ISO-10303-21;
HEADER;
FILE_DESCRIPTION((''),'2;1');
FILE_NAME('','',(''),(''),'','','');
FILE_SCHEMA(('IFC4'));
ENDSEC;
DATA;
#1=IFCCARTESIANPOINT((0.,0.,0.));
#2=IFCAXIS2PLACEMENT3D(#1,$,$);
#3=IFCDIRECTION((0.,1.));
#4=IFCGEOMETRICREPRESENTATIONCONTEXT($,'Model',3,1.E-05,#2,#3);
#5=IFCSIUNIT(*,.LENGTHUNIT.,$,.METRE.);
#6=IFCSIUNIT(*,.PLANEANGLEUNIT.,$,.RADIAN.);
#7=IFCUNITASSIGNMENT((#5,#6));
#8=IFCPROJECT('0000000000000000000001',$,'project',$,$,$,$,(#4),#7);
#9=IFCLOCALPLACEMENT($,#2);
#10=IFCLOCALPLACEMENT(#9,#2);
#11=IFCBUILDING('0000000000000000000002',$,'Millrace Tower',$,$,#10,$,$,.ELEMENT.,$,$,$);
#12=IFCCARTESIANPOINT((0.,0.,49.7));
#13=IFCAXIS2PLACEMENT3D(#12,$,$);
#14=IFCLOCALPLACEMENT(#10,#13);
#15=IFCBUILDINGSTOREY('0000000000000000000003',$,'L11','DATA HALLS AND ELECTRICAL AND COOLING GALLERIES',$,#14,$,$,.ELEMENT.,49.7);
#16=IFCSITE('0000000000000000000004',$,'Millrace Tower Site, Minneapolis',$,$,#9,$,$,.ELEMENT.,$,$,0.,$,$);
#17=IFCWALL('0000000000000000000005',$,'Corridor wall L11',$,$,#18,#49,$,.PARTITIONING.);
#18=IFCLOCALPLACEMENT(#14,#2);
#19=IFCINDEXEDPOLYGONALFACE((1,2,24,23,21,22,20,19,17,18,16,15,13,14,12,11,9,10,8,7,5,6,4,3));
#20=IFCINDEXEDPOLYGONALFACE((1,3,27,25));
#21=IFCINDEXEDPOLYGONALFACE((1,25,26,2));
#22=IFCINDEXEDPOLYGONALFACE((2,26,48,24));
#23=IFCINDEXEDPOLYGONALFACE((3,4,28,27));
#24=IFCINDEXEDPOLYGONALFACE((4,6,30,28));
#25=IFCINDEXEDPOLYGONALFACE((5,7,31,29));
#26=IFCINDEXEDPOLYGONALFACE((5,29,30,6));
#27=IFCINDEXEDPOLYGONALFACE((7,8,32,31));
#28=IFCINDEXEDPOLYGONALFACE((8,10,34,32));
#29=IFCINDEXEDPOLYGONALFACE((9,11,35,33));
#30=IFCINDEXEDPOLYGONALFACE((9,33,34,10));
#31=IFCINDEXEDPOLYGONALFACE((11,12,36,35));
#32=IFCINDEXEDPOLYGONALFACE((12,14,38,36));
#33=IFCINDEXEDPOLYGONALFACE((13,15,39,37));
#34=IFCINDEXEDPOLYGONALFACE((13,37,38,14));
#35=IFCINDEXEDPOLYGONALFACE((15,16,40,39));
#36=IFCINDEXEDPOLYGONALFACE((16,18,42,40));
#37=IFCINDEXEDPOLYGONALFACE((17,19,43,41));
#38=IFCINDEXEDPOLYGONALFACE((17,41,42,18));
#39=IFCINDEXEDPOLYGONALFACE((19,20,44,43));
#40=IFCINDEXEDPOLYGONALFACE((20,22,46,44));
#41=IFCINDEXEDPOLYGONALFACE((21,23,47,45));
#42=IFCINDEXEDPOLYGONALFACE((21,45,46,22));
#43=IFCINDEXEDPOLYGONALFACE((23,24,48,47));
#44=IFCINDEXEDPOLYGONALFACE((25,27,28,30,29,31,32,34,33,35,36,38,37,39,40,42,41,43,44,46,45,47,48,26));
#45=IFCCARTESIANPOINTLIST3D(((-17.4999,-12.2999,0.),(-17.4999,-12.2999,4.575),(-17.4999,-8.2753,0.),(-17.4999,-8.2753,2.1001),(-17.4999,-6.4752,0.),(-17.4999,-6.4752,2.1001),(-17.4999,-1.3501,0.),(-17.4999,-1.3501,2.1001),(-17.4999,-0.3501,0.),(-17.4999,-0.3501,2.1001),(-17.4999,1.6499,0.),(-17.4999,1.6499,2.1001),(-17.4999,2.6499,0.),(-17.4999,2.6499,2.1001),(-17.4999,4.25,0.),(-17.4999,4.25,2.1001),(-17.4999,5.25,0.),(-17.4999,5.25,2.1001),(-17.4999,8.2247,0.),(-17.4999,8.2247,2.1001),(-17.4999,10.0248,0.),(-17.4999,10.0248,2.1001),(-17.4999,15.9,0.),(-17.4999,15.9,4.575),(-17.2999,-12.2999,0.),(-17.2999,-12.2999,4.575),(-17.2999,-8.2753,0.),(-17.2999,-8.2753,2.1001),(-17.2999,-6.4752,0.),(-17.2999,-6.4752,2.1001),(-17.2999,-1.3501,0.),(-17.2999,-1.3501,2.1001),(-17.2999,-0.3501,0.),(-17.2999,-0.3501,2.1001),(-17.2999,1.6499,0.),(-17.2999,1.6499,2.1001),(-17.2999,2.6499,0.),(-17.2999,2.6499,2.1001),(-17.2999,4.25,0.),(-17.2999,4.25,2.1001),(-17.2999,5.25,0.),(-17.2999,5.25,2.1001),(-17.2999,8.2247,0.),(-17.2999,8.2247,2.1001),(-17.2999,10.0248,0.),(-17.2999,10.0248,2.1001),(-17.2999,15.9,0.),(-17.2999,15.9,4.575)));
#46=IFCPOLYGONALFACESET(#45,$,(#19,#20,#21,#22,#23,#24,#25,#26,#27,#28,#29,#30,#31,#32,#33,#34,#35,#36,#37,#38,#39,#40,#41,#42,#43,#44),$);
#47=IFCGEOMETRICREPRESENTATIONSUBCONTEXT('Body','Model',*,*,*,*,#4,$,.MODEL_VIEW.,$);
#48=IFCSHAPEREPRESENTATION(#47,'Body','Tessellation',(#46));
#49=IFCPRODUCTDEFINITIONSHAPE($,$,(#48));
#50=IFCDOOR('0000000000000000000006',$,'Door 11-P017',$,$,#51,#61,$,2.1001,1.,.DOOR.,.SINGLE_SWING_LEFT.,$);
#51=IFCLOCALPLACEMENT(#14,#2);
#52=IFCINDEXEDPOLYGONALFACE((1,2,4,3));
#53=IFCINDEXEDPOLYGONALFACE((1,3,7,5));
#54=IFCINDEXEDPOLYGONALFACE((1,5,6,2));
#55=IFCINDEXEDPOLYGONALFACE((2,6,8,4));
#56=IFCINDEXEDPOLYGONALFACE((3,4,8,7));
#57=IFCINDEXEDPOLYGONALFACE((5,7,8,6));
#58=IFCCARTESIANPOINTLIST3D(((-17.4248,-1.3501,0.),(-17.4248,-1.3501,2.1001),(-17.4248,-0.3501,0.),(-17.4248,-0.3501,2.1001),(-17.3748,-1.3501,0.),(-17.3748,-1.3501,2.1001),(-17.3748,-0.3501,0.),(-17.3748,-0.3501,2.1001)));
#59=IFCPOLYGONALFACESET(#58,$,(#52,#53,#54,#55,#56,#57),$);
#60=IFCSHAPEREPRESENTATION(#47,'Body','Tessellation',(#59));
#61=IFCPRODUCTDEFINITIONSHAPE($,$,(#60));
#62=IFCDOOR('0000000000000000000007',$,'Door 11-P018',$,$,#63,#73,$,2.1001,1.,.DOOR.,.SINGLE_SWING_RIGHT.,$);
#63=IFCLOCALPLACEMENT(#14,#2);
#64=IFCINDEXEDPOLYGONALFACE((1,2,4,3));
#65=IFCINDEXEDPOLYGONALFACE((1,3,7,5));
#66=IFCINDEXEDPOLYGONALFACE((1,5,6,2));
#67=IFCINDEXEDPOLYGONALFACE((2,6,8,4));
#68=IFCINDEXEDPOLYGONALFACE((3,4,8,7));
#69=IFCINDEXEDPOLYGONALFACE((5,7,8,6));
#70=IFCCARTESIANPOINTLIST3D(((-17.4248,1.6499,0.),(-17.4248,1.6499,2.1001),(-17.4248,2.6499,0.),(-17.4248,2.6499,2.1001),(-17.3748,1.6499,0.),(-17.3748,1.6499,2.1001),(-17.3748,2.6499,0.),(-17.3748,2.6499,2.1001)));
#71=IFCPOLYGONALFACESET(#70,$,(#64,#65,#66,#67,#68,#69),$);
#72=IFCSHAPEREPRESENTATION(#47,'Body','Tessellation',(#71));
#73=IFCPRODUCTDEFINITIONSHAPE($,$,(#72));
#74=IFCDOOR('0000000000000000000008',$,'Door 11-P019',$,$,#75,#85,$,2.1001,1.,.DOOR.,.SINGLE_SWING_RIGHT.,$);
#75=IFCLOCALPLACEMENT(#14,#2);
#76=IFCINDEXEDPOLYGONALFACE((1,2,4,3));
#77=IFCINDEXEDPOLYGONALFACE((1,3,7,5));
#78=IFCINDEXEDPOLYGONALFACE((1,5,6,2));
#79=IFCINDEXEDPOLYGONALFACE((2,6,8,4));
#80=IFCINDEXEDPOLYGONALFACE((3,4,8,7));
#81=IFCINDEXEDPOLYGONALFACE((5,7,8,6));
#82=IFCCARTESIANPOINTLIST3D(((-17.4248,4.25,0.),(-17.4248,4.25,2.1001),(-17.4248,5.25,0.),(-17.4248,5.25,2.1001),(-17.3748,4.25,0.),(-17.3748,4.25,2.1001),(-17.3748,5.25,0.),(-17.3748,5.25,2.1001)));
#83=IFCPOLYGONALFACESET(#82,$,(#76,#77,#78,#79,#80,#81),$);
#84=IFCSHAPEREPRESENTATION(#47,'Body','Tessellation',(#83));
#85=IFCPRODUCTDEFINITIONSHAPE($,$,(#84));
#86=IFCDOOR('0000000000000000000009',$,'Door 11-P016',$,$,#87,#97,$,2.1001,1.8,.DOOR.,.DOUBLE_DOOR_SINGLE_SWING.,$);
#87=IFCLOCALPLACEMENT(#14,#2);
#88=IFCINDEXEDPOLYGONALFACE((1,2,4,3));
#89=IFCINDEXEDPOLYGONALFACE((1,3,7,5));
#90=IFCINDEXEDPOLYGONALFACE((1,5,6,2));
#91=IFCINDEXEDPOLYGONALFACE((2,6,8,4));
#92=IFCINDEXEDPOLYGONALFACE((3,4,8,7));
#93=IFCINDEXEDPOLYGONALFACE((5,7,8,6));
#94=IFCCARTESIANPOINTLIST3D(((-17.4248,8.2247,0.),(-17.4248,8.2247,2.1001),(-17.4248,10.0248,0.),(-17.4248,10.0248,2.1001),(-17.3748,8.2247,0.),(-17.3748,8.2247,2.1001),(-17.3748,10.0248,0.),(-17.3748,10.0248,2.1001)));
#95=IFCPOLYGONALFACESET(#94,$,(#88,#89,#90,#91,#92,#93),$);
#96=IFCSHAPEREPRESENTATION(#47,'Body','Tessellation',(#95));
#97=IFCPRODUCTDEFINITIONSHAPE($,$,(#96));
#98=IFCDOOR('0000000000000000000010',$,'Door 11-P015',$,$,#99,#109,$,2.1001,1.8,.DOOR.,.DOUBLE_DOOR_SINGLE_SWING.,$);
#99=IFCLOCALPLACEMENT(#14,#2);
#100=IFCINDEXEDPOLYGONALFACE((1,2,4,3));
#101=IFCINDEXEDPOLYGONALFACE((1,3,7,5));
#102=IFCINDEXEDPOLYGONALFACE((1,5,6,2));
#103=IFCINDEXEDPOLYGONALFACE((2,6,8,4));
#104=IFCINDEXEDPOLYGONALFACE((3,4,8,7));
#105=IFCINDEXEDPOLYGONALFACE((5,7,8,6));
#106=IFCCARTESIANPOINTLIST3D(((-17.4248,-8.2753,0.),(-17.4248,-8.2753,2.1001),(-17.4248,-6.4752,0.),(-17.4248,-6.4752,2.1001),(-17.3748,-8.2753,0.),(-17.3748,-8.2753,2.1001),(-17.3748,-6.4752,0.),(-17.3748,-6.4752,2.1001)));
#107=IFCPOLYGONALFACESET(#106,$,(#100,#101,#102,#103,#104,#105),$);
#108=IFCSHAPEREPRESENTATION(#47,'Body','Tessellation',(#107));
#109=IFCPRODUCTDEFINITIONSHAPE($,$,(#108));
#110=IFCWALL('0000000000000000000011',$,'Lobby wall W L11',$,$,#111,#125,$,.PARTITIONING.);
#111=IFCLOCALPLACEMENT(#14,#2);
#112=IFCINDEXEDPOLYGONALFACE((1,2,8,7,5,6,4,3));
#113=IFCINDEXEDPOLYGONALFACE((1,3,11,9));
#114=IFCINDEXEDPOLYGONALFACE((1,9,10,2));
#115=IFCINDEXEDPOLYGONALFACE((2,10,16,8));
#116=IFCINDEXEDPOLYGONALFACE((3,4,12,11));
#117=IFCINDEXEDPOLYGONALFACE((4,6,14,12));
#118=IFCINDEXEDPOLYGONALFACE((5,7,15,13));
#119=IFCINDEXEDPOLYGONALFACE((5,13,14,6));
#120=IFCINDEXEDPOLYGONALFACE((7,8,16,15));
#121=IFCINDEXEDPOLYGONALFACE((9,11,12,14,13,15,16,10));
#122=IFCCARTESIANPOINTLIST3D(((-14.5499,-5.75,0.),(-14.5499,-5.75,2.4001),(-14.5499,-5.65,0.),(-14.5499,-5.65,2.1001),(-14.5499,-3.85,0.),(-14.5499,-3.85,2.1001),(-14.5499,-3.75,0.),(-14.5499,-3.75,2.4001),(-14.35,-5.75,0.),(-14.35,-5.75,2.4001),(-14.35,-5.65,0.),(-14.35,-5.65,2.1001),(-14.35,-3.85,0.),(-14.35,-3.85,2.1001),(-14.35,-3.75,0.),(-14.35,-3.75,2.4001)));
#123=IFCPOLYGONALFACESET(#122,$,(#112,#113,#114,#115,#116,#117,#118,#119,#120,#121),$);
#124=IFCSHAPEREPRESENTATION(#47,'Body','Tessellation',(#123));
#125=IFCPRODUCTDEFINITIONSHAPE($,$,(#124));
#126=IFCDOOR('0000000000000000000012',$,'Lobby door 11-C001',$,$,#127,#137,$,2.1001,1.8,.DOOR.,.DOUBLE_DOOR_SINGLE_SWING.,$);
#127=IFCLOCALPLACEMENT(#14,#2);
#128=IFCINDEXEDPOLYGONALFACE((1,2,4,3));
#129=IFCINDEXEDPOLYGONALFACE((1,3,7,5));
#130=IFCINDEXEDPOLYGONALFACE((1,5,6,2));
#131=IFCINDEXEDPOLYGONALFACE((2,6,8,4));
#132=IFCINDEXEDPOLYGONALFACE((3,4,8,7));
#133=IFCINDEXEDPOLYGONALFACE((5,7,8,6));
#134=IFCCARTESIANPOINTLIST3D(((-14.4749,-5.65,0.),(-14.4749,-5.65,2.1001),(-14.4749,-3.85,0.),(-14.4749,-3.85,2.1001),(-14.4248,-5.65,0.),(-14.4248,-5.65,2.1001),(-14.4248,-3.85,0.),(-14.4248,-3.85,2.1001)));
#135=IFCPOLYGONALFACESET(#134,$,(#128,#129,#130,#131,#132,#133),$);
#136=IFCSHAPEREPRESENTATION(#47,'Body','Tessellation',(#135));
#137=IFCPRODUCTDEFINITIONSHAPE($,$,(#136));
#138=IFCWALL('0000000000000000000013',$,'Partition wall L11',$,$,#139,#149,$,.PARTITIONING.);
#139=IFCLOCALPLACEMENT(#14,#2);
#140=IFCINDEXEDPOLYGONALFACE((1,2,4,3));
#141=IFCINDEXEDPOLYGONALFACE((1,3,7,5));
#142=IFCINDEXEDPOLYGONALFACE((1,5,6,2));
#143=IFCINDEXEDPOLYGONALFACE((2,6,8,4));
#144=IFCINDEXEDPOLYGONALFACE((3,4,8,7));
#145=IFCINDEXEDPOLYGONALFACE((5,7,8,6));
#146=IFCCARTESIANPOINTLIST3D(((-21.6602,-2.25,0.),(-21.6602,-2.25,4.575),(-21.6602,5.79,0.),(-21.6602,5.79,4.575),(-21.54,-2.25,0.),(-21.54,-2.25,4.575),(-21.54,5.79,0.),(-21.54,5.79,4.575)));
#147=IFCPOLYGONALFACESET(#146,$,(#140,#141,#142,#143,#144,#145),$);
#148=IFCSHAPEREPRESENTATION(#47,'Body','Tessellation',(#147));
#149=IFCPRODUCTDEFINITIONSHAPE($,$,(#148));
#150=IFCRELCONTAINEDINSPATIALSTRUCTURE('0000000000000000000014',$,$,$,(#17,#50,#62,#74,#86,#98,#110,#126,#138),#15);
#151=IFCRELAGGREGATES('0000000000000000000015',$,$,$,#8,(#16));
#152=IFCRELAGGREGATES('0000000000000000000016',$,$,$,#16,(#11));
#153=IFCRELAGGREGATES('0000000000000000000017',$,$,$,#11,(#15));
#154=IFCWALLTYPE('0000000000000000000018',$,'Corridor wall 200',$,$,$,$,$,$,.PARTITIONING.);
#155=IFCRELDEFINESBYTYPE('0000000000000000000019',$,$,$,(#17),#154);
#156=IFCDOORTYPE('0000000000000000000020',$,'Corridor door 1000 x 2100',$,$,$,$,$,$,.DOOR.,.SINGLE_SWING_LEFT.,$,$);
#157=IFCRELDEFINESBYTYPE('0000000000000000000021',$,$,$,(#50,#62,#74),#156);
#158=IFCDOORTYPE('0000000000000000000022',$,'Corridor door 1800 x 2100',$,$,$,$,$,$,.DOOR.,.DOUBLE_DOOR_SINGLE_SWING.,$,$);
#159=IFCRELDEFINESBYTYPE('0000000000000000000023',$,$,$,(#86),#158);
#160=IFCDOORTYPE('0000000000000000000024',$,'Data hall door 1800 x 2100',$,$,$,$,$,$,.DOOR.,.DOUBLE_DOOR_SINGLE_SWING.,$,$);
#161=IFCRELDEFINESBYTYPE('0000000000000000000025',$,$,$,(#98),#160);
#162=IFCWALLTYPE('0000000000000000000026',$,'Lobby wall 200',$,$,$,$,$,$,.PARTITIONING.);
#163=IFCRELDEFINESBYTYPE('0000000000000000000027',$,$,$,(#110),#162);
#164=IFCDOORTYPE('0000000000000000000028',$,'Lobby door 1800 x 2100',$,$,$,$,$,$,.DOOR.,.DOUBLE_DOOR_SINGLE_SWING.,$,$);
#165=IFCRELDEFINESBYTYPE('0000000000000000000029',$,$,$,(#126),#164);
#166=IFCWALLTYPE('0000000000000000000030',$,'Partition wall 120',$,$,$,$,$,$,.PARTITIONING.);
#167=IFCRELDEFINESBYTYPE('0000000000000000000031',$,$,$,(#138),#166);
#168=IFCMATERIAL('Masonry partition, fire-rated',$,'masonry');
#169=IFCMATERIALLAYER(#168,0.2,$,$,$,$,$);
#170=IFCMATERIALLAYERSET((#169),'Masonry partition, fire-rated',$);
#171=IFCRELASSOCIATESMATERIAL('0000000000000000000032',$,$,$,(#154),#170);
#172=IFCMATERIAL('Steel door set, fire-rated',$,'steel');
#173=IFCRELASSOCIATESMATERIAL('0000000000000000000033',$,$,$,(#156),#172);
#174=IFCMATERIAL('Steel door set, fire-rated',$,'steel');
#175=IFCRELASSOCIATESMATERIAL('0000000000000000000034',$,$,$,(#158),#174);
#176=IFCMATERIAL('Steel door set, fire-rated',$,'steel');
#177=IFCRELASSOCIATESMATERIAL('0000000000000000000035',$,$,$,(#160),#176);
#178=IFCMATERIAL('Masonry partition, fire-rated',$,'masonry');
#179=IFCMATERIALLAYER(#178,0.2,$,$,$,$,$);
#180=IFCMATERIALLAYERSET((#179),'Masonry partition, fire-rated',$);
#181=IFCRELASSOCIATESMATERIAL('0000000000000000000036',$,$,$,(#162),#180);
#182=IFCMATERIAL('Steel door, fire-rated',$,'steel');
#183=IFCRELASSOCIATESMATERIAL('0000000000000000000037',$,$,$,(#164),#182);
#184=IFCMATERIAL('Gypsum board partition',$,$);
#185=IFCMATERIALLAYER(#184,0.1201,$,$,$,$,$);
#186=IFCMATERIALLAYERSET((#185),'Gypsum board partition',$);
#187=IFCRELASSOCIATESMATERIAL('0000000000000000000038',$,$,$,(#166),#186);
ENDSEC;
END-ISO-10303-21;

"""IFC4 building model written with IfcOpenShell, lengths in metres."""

from ifc_helpers import new_model, si_unit, direction, frame, frame_2d, origin, place, context, subcontext, project, spatial, rectangle, extrude, material, layer, layer_set, type_object, element, fill, save


model = new_model("IFC4")

# Units and contexts
model_context = context("Model", 3, precision=1e-05, world=origin(), true_north=direction((0.0, 1.0)))
body_context = subcontext(model_context, "Body", "Model", "MODEL_VIEW")
ifc_project = project(units=[si_unit("LENGTHUNIT", "METRE"), si_unit("PLANEANGLEUNIT", "RADIAN")], contexts=[model_context])

# Site, building, storey
site_placement = place(None, origin())
site = spatial("IfcSite", under=ifc_project, at=site_placement, Name="Millrace Tower Site, Minneapolis", CompositionType="ELEMENT", RefElevation=0.0)
building_placement = place(site_placement, origin())
building = spatial("IfcBuilding", under=site, at=building_placement, Name="Millrace Tower", CompositionType="ELEMENT")
storey_placement = place(building_placement, frame((0.0, 0.0, 49.7)))
storey = spatial("IfcBuildingStorey", under=building, at=storey_placement, Name="L11", Description="DATA HALLS AND ELECTRICAL AND COOLING GALLERIES", CompositionType="ELEMENT", Elevation=49.7)

# Wall, openings, doors
ifc_material_1 = material(Name="Masonry partition, fire-rated", Category="masonry")
ifc_layer_1 = layer(ifc_material_1, 0.2)
ifc_layer_set_1 = layer_set([ifc_layer_1], Name="Masonry partition, fire-rated")
wall_type_1 = type_object("IfcWallType", Name="Corridor wall 200", PredefinedType="PARTITIONING", material=ifc_layer_set_1)
wall_1_placement = place(storey_placement, frame((-17.3999, -12.3, 0.0), z_axis=(0.0, 0.0, 1.0), x_axis=(0.0, 1.0, 0.0)))
wall_1 = element("IfcWall", 1, at=wall_1_placement, inside=storey, type_object=wall_type_1, Name="Corridor wall L11", PredefinedType="PARTITIONING", context=body_context, shape_type="SweptSolid", body=[
    extrude(rectangle(XDim=28.2, YDim=0.2, at=frame_2d((14.1001, 0.0))), origin(), (0.0, 0.0, 1.0), 4.575),
])
opening_1_placement = place(wall_1_placement, frame((4.0249, 0.0, 0.0)))
opening_1 = element("IfcOpeningElement", 2, at=opening_1_placement, cuts=wall_1, PredefinedType="OPENING", context=body_context, shape_type="SweptSolid", body=[
    extrude(rectangle(XDim=1.8, YDim=2.1001, at=frame_2d((0.8999, 1.05))), frame((0.0, 0.1099, 0.0), z_axis=(0.0, -1.0, 0.0), x_axis=(1.0, 0.0, 0.0)), (0.0, 0.0, 1.0), 0.22),
])
opening_2_placement = place(wall_1_placement, frame((20.5249, 0.0, 0.0)))
opening_2 = element("IfcOpeningElement", 3, at=opening_2_placement, cuts=wall_1, PredefinedType="OPENING", context=body_context, shape_type="SweptSolid", body=[
    extrude(rectangle(XDim=1.8, YDim=2.1001, at=frame_2d((0.8999, 1.05))), frame((0.0, 0.1099, 0.0), z_axis=(0.0, -1.0, 0.0), x_axis=(1.0, 0.0, 0.0)), (0.0, 0.0, 1.0), 0.22),
])
opening_3_placement = place(wall_1_placement, frame((10.95, 0.0, 0.0)))
opening_3 = element("IfcOpeningElement", 4, at=opening_3_placement, cuts=wall_1, PredefinedType="OPENING", context=body_context, shape_type="SweptSolid", body=[
    extrude(rectangle(XDim=1.0, YDim=2.1001, at=frame_2d((0.5, 1.05))), frame((0.0, 0.1099, 0.0), z_axis=(0.0, -1.0, 0.0), x_axis=(1.0, 0.0, 0.0)), (0.0, 0.0, 1.0), 0.22),
])
opening_4_placement = place(wall_1_placement, frame((13.95, 0.0, 0.0)))
opening_4 = element("IfcOpeningElement", 5, at=opening_4_placement, cuts=wall_1, PredefinedType="OPENING", context=body_context, shape_type="SweptSolid", body=[
    extrude(rectangle(XDim=1.0, YDim=2.1001, at=frame_2d((0.5, 1.05))), frame((0.0, 0.1099, 0.0), z_axis=(0.0, -1.0, 0.0), x_axis=(1.0, 0.0, 0.0)), (0.0, 0.0, 1.0), 0.22),
])
opening_5_placement = place(wall_1_placement, frame((16.55, 0.0, 0.0)))
opening_5 = element("IfcOpeningElement", 6, at=opening_5_placement, cuts=wall_1, PredefinedType="OPENING", context=body_context, shape_type="SweptSolid", body=[
    extrude(rectangle(XDim=1.0, YDim=2.1001, at=frame_2d((0.5, 1.05))), frame((0.0, 0.1099, 0.0), z_axis=(0.0, -1.0, 0.0), x_axis=(1.0, 0.0, 0.0)), (0.0, 0.0, 1.0), 0.22),
])
ifc_material_2 = material(Name="Steel door set, fire-rated", Category="steel")
door_type_1 = type_object("IfcDoorType", Name="Corridor door 1000 x 2100", OperationType="SINGLE_SWING_LEFT", PredefinedType="DOOR", material=ifc_material_2)
door_1_placement = place(opening_3_placement, origin())
door_1 = element("IfcDoor", 7, at=door_1_placement, inside=storey, type_object=door_type_1, Name="Door 11-P017", OperationType="SINGLE_SWING_LEFT", OverallHeight=2.1001, OverallWidth=1.0, PredefinedType="DOOR", context=body_context, shape_type="SweptSolid", body=[
    extrude(rectangle(XDim=1.0, YDim=2.1001, at=frame_2d((0.5, 1.05))), frame((0.0, 0.0249, 0.0), z_axis=(0.0, -1.0, 0.0), x_axis=(1.0, 0.0, 0.0)), (0.0, 0.0, 1.0), 0.05),
])
fill(opening_3, door_1)
door_2_placement = place(opening_4_placement, origin())
door_2 = element("IfcDoor", 8, at=door_2_placement, inside=storey, type_object=door_type_1, Name="Door 11-P018", OperationType="SINGLE_SWING_RIGHT", OverallHeight=2.1001, OverallWidth=1.0, PredefinedType="DOOR", context=body_context, shape_type="SweptSolid", body=[
    extrude(rectangle(XDim=1.0, YDim=2.1001, at=frame_2d((0.5, 1.05))), frame((0.0, 0.0249, 0.0), z_axis=(0.0, -1.0, 0.0), x_axis=(1.0, 0.0, 0.0)), (0.0, 0.0, 1.0), 0.05),
])
fill(opening_4, door_2)
door_3_placement = place(opening_5_placement, origin())
door_3 = element("IfcDoor", 9, at=door_3_placement, inside=storey, type_object=door_type_1, Name="Door 11-P019", OperationType="SINGLE_SWING_RIGHT", OverallHeight=2.1001, OverallWidth=1.0, PredefinedType="DOOR", context=body_context, shape_type="SweptSolid", body=[
    extrude(rectangle(XDim=1.0, YDim=2.1001, at=frame_2d((0.5, 1.05))), frame((0.0, 0.0249, 0.0), z_axis=(0.0, -1.0, 0.0), x_axis=(1.0, 0.0, 0.0)), (0.0, 0.0, 1.0), 0.05),
])
fill(opening_5, door_3)
ifc_material_3 = material(Name="Steel door set, fire-rated", Category="steel")
door_type_2 = type_object("IfcDoorType", Name="Corridor door 1800 x 2100", OperationType="DOUBLE_DOOR_SINGLE_SWING", PredefinedType="DOOR", material=ifc_material_3)
door_4_placement = place(opening_2_placement, origin())
door_4 = element("IfcDoor", 10, at=door_4_placement, inside=storey, type_object=door_type_2, Name="Door 11-P016", OperationType="DOUBLE_DOOR_SINGLE_SWING", OverallHeight=2.1001, OverallWidth=1.8, PredefinedType="DOOR", context=body_context, shape_type="SweptSolid", body=[
    extrude(rectangle(XDim=1.8, YDim=2.1001, at=frame_2d((0.8999, 1.05))), frame((0.0, 0.0249, 0.0), z_axis=(0.0, -1.0, 0.0), x_axis=(1.0, 0.0, 0.0)), (0.0, 0.0, 1.0), 0.05),
])
fill(opening_2, door_4)
ifc_material_4 = material(Name="Steel door set, fire-rated", Category="steel")
door_type_3 = type_object("IfcDoorType", Name="Data hall door 1800 x 2100", OperationType="DOUBLE_DOOR_SINGLE_SWING", PredefinedType="DOOR", material=ifc_material_4)
door_5_placement = place(opening_1_placement, origin())
door_5 = element("IfcDoor", 11, at=door_5_placement, inside=storey, type_object=door_type_3, Name="Door 11-P015", OperationType="DOUBLE_DOOR_SINGLE_SWING", OverallHeight=2.1001, OverallWidth=1.8, PredefinedType="DOOR", context=body_context, shape_type="SweptSolid", body=[
    extrude(rectangle(XDim=1.8, YDim=2.1001, at=frame_2d((0.8999, 1.05))), frame((0.0, 0.0249, 0.0), z_axis=(0.0, -1.0, 0.0), x_axis=(1.0, 0.0, 0.0)), (0.0, 0.0, 1.0), 0.05),
])
fill(opening_1, door_5)

# Wall, opening, door
ifc_material_5 = material(Name="Masonry partition, fire-rated", Category="masonry")
ifc_layer_2 = layer(ifc_material_5, 0.2)
ifc_layer_set_2 = layer_set([ifc_layer_2], Name="Masonry partition, fire-rated")
wall_type_2 = type_object("IfcWallType", Name="Lobby wall 200", PredefinedType="PARTITIONING", material=ifc_layer_set_2)
wall_2_placement = place(storey_placement, frame((-14.45, -5.75, 0.0), z_axis=(0.0, 0.0, 1.0), x_axis=(0.0, 1.0, 0.0)))
wall_2 = element("IfcWall", 12, at=wall_2_placement, inside=storey, type_object=wall_type_2, Name="Lobby wall W L11", PredefinedType="PARTITIONING", context=body_context, shape_type="SweptSolid", body=[
    extrude(rectangle(XDim=2.0, YDim=0.2, at=frame_2d((1.0, 0.0))), origin(), (0.0, 0.0, 1.0), 2.4001),
])
opening_6_placement = place(wall_2_placement, frame((0.1001, 0.0, 0.0)))
opening_6 = element("IfcOpeningElement", 13, at=opening_6_placement, cuts=wall_2, PredefinedType="OPENING", context=body_context, shape_type="SweptSolid", body=[
    extrude(rectangle(XDim=1.8, YDim=2.1001, at=frame_2d((0.8999, 1.05))), frame((0.0, 0.1099, 0.0), z_axis=(0.0, -1.0, 0.0), x_axis=(1.0, 0.0, 0.0)), (0.0, 0.0, 1.0), 0.22),
])
ifc_material_6 = material(Name="Steel door, fire-rated", Category="steel")
door_type_4 = type_object("IfcDoorType", Name="Lobby door 1800 x 2100", OperationType="DOUBLE_DOOR_SINGLE_SWING", PredefinedType="DOOR", material=ifc_material_6)
door_6_placement = place(opening_6_placement, origin())
door_6 = element("IfcDoor", 14, at=door_6_placement, inside=storey, type_object=door_type_4, Name="Lobby door 11-C001", OperationType="DOUBLE_DOOR_SINGLE_SWING", OverallHeight=2.1001, OverallWidth=1.8, PredefinedType="DOOR", context=body_context, shape_type="SweptSolid", body=[
    extrude(rectangle(XDim=1.8, YDim=2.1001, at=frame_2d((0.8999, 1.05))), frame((0.0, 0.0249, 0.0), z_axis=(0.0, -1.0, 0.0), x_axis=(1.0, 0.0, 0.0)), (0.0, 0.0, 1.0), 0.05),
])
fill(opening_6, door_6)

# Wall
ifc_material_7 = material(Name="Gypsum board partition")
ifc_layer_3 = layer(ifc_material_7, 0.1201)
ifc_layer_set_3 = layer_set([ifc_layer_3], Name="Gypsum board partition")
wall_type_3 = type_object("IfcWallType", Name="Partition wall 120", PredefinedType="PARTITIONING", material=ifc_layer_set_3)
wall_3_placement = place(storey_placement, frame((-21.6001, -2.25, 0.0), z_axis=(0.0, 0.0, 1.0), x_axis=(0.0, 1.0, 0.0)))
element("IfcWall", 15, at=wall_3_placement, inside=storey, type_object=wall_type_3, Name="Partition wall L11", PredefinedType="PARTITIONING", context=body_context, shape_type="SweptSolid", body=[
    extrude(rectangle(XDim=8.04, YDim=0.1201, at=frame_2d((4.02, 0.0))), origin(), (0.0, 0.0, 1.0), 4.575),
])

save(model, "model.ifc")
